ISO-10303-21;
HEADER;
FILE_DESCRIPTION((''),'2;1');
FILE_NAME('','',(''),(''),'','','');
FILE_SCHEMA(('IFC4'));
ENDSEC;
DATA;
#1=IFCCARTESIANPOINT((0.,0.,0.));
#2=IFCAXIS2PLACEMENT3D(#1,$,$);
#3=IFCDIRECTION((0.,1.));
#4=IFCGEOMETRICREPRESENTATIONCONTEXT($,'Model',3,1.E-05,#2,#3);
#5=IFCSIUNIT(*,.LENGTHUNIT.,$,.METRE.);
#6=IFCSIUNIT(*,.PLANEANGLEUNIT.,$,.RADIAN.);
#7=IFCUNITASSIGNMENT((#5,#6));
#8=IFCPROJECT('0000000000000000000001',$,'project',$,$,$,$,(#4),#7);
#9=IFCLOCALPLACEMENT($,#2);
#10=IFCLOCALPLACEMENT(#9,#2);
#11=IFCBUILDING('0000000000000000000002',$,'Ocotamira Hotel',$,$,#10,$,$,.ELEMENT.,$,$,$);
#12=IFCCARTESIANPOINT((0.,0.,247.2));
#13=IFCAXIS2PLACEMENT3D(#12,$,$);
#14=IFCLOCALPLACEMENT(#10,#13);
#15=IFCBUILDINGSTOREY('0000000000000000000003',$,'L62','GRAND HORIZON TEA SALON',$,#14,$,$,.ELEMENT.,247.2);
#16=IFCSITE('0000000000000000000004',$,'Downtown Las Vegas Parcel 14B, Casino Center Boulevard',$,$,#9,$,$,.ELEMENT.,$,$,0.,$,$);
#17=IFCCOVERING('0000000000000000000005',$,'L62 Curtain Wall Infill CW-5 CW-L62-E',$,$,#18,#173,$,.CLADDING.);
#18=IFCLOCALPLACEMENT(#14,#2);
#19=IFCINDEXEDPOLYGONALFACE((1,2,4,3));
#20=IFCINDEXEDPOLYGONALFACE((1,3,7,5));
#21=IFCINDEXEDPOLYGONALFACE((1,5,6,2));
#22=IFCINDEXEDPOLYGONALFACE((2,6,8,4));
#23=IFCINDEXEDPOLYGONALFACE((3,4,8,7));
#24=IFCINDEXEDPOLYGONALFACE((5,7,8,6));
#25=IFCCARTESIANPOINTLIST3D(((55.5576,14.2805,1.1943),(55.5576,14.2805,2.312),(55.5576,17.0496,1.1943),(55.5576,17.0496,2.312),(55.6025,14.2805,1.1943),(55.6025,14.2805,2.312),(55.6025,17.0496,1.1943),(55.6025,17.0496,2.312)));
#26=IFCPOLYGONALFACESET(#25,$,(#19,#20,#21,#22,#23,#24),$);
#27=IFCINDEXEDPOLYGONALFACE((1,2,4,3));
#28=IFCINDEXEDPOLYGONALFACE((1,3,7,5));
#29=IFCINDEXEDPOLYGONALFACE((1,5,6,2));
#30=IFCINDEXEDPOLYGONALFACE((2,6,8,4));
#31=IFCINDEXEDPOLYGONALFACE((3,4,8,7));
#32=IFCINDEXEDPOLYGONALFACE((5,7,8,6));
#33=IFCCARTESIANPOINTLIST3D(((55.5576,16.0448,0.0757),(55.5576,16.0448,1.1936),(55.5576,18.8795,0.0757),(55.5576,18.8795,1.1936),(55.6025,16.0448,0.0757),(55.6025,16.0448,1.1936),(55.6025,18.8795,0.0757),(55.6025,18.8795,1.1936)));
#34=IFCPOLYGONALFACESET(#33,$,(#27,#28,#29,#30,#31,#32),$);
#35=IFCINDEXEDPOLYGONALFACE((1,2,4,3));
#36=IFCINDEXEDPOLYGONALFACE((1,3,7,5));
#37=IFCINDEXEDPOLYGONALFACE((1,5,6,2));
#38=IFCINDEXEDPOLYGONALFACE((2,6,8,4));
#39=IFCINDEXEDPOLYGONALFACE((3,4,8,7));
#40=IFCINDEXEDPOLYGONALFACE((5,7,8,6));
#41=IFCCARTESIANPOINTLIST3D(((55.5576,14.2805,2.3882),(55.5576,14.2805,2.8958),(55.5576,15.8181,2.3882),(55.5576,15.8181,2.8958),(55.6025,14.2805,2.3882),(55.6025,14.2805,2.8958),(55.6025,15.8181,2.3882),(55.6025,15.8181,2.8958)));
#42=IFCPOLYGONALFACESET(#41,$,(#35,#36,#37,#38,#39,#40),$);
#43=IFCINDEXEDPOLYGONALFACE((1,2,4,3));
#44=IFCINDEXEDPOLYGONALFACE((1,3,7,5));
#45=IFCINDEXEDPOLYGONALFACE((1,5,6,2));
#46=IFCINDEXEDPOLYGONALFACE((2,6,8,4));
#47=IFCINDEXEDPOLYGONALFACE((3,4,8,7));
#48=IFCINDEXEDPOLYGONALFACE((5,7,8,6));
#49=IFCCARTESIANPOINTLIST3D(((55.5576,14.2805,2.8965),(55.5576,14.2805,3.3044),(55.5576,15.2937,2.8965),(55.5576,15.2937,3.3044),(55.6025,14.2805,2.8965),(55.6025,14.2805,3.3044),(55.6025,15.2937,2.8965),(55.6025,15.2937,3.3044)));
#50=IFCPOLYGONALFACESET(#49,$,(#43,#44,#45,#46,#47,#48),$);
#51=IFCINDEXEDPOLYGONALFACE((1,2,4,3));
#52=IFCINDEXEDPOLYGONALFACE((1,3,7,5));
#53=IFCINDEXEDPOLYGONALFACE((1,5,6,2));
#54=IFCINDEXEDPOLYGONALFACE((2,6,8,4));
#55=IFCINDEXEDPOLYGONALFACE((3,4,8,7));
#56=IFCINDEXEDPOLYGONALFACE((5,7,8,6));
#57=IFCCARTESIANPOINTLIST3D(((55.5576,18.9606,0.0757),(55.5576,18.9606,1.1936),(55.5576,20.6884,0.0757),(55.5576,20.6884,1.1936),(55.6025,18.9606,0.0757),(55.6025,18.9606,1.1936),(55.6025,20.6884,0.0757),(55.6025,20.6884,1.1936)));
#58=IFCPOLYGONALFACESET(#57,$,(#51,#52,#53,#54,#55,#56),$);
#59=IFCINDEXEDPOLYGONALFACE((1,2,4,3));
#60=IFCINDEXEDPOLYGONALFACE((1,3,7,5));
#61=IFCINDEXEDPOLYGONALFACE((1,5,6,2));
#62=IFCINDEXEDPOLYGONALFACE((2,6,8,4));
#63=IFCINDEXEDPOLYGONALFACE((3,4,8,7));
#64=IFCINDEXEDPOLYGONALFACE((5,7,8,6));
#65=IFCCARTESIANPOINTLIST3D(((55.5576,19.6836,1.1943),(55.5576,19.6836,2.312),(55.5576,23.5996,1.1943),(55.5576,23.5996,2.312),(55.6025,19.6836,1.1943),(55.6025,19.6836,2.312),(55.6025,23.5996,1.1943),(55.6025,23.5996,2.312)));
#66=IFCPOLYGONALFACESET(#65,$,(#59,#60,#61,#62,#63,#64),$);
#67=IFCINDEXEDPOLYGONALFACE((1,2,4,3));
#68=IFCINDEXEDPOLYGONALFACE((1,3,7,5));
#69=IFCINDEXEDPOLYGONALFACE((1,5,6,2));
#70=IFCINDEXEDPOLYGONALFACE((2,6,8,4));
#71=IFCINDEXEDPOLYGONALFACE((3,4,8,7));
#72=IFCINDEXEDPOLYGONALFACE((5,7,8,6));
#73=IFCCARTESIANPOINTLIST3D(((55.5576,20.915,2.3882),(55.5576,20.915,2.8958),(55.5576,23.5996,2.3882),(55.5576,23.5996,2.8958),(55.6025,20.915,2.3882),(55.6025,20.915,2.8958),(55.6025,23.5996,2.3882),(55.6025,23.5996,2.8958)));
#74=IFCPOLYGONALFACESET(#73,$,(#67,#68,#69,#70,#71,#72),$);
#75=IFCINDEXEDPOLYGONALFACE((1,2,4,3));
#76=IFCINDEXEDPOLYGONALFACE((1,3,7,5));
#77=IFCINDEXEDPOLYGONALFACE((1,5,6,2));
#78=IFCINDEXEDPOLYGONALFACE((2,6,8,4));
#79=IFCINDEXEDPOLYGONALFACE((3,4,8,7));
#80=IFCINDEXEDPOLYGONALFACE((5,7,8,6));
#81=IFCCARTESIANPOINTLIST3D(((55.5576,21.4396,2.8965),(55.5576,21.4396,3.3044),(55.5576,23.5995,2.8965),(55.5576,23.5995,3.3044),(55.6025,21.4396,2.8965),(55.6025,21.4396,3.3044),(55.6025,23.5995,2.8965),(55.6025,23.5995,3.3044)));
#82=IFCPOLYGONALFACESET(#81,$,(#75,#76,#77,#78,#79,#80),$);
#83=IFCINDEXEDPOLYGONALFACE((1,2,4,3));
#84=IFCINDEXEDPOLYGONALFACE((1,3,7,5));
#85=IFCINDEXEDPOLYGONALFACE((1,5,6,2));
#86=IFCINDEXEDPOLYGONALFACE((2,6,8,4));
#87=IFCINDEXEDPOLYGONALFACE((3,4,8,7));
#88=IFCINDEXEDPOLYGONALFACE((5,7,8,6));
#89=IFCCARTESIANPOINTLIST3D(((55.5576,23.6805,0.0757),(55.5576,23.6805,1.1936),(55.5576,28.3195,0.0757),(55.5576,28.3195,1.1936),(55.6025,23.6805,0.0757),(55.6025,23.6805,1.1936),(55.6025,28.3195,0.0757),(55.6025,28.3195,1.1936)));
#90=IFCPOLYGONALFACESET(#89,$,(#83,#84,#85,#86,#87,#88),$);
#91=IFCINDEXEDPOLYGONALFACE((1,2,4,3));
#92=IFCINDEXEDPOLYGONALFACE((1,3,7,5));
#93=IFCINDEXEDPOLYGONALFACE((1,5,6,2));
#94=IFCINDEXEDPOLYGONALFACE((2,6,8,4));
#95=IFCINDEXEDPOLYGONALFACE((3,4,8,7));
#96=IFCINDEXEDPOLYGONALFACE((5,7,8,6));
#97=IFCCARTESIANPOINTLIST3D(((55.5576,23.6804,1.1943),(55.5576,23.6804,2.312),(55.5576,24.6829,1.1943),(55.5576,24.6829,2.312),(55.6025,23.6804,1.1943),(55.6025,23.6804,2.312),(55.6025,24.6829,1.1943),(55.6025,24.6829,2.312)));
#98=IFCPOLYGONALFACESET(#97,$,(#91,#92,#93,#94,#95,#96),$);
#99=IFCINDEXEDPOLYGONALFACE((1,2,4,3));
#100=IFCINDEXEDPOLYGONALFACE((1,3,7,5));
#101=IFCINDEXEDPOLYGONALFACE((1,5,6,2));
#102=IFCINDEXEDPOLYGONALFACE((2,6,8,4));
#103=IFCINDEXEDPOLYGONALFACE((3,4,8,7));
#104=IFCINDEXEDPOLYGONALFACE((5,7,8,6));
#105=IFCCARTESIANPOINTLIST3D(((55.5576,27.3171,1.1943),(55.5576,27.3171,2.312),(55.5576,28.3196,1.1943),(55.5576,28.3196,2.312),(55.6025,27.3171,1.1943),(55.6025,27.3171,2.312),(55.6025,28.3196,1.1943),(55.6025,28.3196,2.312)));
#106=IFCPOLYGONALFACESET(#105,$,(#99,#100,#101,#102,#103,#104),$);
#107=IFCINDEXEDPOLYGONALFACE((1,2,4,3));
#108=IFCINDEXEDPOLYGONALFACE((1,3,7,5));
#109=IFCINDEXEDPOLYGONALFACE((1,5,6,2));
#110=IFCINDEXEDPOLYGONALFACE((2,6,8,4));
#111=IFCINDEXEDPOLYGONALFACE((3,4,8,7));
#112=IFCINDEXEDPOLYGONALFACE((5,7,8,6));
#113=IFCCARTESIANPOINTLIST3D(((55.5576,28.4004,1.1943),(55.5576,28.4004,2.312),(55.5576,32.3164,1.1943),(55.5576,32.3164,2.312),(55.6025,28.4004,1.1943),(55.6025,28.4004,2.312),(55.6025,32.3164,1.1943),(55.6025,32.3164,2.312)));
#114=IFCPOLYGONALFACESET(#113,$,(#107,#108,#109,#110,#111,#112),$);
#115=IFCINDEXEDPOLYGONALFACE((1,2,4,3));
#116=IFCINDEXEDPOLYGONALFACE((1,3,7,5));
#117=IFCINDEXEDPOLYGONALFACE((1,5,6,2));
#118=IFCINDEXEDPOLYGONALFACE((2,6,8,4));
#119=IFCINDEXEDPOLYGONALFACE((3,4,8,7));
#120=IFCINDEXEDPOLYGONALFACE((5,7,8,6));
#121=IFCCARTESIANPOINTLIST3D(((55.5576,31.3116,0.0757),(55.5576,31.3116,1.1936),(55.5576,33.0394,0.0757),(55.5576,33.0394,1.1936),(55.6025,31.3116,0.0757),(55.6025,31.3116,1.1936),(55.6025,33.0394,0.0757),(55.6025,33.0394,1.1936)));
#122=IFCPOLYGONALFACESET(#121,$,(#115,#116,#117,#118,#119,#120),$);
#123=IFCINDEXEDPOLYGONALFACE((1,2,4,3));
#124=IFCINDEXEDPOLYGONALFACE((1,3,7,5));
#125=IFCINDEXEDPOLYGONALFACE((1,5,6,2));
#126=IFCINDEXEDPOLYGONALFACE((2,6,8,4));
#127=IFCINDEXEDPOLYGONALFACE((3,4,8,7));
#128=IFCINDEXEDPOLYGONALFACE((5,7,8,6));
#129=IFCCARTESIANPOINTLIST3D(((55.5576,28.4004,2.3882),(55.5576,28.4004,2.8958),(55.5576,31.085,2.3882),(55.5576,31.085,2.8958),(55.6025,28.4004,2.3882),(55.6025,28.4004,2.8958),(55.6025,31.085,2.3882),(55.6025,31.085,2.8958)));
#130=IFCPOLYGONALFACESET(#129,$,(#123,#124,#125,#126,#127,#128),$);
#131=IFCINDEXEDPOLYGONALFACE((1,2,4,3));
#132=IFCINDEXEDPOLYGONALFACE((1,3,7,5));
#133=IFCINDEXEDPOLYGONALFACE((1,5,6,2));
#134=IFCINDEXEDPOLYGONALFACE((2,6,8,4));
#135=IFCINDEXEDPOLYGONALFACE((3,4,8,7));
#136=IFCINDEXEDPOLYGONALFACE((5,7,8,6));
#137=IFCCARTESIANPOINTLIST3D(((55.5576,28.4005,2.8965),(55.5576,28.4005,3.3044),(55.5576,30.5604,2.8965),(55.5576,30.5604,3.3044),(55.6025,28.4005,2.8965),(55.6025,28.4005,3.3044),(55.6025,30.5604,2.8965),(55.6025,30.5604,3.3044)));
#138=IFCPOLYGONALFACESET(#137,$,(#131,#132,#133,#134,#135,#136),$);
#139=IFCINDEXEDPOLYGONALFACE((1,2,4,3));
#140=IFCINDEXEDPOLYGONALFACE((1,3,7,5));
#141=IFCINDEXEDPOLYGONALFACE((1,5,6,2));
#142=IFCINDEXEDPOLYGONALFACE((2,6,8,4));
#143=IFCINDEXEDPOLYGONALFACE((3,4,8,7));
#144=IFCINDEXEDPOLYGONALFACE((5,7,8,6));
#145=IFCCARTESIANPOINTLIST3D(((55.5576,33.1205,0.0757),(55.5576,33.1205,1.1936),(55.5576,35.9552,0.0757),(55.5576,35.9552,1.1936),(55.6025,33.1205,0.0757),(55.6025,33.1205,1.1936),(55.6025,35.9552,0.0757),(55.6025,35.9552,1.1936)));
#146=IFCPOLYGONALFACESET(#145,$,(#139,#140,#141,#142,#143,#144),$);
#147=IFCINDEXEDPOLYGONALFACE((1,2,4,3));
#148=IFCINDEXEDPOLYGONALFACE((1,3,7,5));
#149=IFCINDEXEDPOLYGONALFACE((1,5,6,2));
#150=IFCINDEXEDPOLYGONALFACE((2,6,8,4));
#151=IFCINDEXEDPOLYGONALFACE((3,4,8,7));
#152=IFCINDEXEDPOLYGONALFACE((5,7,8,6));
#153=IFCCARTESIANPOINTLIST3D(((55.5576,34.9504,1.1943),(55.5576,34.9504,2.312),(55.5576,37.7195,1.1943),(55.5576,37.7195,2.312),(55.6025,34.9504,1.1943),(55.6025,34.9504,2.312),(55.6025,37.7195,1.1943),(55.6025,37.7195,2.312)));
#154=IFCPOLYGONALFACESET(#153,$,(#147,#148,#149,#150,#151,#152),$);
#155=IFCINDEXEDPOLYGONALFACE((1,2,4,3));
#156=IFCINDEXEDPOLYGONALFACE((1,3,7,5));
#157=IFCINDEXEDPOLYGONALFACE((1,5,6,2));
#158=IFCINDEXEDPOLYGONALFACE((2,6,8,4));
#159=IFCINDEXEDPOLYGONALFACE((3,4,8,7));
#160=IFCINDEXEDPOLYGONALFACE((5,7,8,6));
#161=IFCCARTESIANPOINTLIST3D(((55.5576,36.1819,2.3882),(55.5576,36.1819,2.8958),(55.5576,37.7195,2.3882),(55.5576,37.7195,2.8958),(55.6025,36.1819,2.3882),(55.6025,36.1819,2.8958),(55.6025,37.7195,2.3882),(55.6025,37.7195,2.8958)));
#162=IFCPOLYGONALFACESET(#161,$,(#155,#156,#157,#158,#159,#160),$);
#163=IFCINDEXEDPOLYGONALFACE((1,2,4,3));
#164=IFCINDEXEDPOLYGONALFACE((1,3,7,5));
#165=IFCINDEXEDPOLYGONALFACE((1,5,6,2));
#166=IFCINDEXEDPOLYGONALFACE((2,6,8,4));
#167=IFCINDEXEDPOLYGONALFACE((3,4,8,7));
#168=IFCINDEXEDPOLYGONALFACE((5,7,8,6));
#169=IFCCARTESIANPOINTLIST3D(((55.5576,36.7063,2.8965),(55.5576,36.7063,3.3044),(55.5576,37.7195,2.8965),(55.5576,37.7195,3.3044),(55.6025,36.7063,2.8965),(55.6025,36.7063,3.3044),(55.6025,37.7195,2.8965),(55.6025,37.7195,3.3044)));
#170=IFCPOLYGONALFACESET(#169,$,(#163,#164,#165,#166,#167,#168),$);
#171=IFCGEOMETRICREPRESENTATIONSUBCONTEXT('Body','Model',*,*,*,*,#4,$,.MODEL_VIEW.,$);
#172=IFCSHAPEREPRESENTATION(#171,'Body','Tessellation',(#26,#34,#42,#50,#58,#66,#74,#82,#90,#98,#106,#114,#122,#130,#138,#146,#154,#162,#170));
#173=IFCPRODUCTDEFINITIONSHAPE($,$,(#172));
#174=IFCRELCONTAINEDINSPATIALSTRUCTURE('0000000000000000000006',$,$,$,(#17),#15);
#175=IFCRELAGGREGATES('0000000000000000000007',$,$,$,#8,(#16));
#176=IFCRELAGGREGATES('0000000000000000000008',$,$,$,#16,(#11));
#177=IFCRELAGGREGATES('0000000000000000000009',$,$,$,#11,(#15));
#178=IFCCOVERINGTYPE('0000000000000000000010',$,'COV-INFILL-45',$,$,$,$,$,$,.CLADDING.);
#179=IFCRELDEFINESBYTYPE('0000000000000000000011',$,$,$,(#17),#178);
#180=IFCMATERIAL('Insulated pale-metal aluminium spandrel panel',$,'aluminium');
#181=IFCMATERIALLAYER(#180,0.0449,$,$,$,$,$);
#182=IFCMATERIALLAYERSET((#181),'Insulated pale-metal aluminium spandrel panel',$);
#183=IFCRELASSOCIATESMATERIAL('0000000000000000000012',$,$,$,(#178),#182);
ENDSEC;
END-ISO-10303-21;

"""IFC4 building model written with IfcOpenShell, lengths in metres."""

from ifc_helpers import new_model, si_unit, direction, frame, origin, origin_2d, place, context, subcontext, project, spatial, rectangle, extrude, material, layer, layer_set, type_object, element, save


model = new_model("IFC4")

# Units and contexts
model_context = context("Model", 3, precision=1e-05, world=origin(), true_north=direction((0.0, 1.0)))
body_context = subcontext(model_context, "Body", "Model", "MODEL_VIEW")
ifc_project = project(units=[si_unit("LENGTHUNIT", "METRE"), si_unit("PLANEANGLEUNIT", "RADIAN")], contexts=[model_context])

# Site, building, storey
site_placement = place(None, origin())
site = spatial("IfcSite", under=ifc_project, at=site_placement, Name="Downtown Las Vegas Parcel 14B, Casino Center Boulevard", CompositionType="ELEMENT", RefElevation=0.0)
building_placement = place(site_placement, origin())
building = spatial("IfcBuilding", under=site, at=building_placement, Name="Ocotamira Hotel", CompositionType="ELEMENT")
storey_placement = place(building_placement, frame((0.0, 0.0, 247.2)))
storey = spatial("IfcBuildingStorey", under=building, at=storey_placement, Name="L62", Description="GRAND HORIZON TEA SALON", CompositionType="ELEMENT", Elevation=247.2)

# Covering
ifc_material_1 = material(Name="Insulated pale-metal aluminium spandrel panel", Category="aluminium")
ifc_layer_1 = layer(ifc_material_1, 0.0449)
ifc_layer_set_1 = layer_set([ifc_layer_1], Name="Insulated pale-metal aluminium spandrel panel")
covering_type_1 = type_object("IfcCoveringType", Name="COV-INFILL-45", PredefinedType="CLADDING", material=ifc_layer_set_1)
covering_1_placement = place(storey_placement, origin())
element("IfcCovering", 1, at=covering_1_placement, inside=storey, type_object=covering_type_1, Name="L62 Curtain Wall Infill CW-5 CW-L62-E", PredefinedType="CLADDING", context=body_context, shape_type="SweptSolid", body=[
    extrude(rectangle(XDim=2.769, YDim=0.0449, at=origin_2d()), frame((55.5801, 15.665, 1.1943), z_axis=(0.0, 0.0, 1.0), x_axis=(0.0, 1.0, 0.0)), (0.0, 0.0, 1.0), 1.1177),
    extrude(rectangle(XDim=2.8347, YDim=0.0449, at=origin_2d()), frame((55.5801, 17.4622, 0.0757), z_axis=(0.0, 0.0, 1.0), x_axis=(0.0, 1.0, 0.0)), (0.0, 0.0, 1.0), 1.1179),
    extrude(rectangle(XDim=1.5376, YDim=0.0449, at=origin_2d()), frame((55.5801, 15.0493, 2.3882), z_axis=(0.0, 0.0, 1.0), x_axis=(0.0, 1.0, 0.0)), (0.0, 0.0, 1.0), 0.5076),
    extrude(rectangle(XDim=1.0132, YDim=0.0449, at=origin_2d()), frame((55.5801, 14.7871, 2.8965), z_axis=(0.0, 0.0, 1.0), x_axis=(0.0, 1.0, 0.0)), (0.0, 0.0, 1.0), 0.408),
    extrude(rectangle(XDim=1.7278, YDim=0.0449, at=origin_2d()), frame((55.5801, 19.8245, 0.0757), z_axis=(0.0, 0.0, 1.0), x_axis=(0.0, 1.0, 0.0)), (0.0, 0.0, 1.0), 1.1179),
    extrude(rectangle(XDim=3.916, YDim=0.0449, at=origin_2d()), frame((55.5801, 21.6416, 1.1943), z_axis=(0.0, 0.0, 1.0), x_axis=(0.0, 1.0, 0.0)), (0.0, 0.0, 1.0), 1.1177),
    extrude(rectangle(XDim=2.6846, YDim=0.0449, at=origin_2d()), frame((55.5801, 22.2573, 2.3882), z_axis=(0.0, 0.0, 1.0), x_axis=(0.0, 1.0, 0.0)), (0.0, 0.0, 1.0), 0.5076),
    extrude(rectangle(XDim=2.1599, YDim=0.0449, at=origin_2d()), frame((55.5801, 22.5195, 2.8965), z_axis=(0.0, 0.0, 1.0), x_axis=(0.0, 1.0, 0.0)), (0.0, 0.0, 1.0), 0.408),
    extrude(rectangle(XDim=4.6389, YDim=0.0449, at=origin_2d()), frame((55.5801, 26.0, 0.0757), z_axis=(0.0, 0.0, 1.0), x_axis=(0.0, 1.0, 0.0)), (0.0, 0.0, 1.0), 1.1179),
    extrude(rectangle(XDim=1.0024, YDim=0.0449, at=origin_2d()), frame((55.5801, 24.1816, 1.1943), z_axis=(0.0, 0.0, 1.0), x_axis=(0.0, 1.0, 0.0)), (0.0, 0.0, 1.0), 1.1177),
    extrude(rectangle(XDim=1.0024, YDim=0.0449, at=origin_2d()), frame((55.5801, 27.8184, 1.1943), z_axis=(0.0, 0.0, 1.0), x_axis=(0.0, 1.0, 0.0)), (0.0, 0.0, 1.0), 1.1177),
    extrude(rectangle(XDim=3.916, YDim=0.0449, at=origin_2d()), frame((55.5801, 30.3584, 1.1943), z_axis=(0.0, 0.0, 1.0), x_axis=(0.0, 1.0, 0.0)), (0.0, 0.0, 1.0), 1.1177),
    extrude(rectangle(XDim=1.7278, YDim=0.0449, at=origin_2d()), frame((55.5801, 32.1755, 0.0757), z_axis=(0.0, 0.0, 1.0), x_axis=(0.0, 1.0, 0.0)), (0.0, 0.0, 1.0), 1.1179),
    extrude(rectangle(XDim=2.6846, YDim=0.0449, at=origin_2d()), frame((55.5801, 29.7427, 2.3882), z_axis=(0.0, 0.0, 1.0), x_axis=(0.0, 1.0, 0.0)), (0.0, 0.0, 1.0), 0.5076),
    extrude(rectangle(XDim=2.1599, YDim=0.0449, at=origin_2d()), frame((55.5801, 29.4805, 2.8965), z_axis=(0.0, 0.0, 1.0), x_axis=(0.0, 1.0, 0.0)), (0.0, 0.0, 1.0), 0.408),
    extrude(rectangle(XDim=2.8347, YDim=0.0449, at=origin_2d()), frame((55.5801, 34.5378, 0.0757), z_axis=(0.0, 0.0, 1.0), x_axis=(0.0, 1.0, 0.0)), (0.0, 0.0, 1.0), 1.1179),
    extrude(rectangle(XDim=2.769, YDim=0.0449, at=origin_2d()), frame((55.5801, 36.335, 1.1943), z_axis=(0.0, 0.0, 1.0), x_axis=(0.0, 1.0, 0.0)), (0.0, 0.0, 1.0), 1.1177),
    extrude(rectangle(XDim=1.5376, YDim=0.0449, at=origin_2d()), frame((55.5801, 36.9507, 2.3882), z_axis=(0.0, 0.0, 1.0), x_axis=(0.0, 1.0, 0.0)), (0.0, 0.0, 1.0), 0.5076),
    extrude(rectangle(XDim=1.0132, YDim=0.0449, at=origin_2d()), frame((55.5801, 37.2129, 2.8965), z_axis=(0.0, 0.0, 1.0), x_axis=(0.0, 1.0, 0.0)), (0.0, 0.0, 1.0), 0.408),
])

save(model, "model.ifc")
